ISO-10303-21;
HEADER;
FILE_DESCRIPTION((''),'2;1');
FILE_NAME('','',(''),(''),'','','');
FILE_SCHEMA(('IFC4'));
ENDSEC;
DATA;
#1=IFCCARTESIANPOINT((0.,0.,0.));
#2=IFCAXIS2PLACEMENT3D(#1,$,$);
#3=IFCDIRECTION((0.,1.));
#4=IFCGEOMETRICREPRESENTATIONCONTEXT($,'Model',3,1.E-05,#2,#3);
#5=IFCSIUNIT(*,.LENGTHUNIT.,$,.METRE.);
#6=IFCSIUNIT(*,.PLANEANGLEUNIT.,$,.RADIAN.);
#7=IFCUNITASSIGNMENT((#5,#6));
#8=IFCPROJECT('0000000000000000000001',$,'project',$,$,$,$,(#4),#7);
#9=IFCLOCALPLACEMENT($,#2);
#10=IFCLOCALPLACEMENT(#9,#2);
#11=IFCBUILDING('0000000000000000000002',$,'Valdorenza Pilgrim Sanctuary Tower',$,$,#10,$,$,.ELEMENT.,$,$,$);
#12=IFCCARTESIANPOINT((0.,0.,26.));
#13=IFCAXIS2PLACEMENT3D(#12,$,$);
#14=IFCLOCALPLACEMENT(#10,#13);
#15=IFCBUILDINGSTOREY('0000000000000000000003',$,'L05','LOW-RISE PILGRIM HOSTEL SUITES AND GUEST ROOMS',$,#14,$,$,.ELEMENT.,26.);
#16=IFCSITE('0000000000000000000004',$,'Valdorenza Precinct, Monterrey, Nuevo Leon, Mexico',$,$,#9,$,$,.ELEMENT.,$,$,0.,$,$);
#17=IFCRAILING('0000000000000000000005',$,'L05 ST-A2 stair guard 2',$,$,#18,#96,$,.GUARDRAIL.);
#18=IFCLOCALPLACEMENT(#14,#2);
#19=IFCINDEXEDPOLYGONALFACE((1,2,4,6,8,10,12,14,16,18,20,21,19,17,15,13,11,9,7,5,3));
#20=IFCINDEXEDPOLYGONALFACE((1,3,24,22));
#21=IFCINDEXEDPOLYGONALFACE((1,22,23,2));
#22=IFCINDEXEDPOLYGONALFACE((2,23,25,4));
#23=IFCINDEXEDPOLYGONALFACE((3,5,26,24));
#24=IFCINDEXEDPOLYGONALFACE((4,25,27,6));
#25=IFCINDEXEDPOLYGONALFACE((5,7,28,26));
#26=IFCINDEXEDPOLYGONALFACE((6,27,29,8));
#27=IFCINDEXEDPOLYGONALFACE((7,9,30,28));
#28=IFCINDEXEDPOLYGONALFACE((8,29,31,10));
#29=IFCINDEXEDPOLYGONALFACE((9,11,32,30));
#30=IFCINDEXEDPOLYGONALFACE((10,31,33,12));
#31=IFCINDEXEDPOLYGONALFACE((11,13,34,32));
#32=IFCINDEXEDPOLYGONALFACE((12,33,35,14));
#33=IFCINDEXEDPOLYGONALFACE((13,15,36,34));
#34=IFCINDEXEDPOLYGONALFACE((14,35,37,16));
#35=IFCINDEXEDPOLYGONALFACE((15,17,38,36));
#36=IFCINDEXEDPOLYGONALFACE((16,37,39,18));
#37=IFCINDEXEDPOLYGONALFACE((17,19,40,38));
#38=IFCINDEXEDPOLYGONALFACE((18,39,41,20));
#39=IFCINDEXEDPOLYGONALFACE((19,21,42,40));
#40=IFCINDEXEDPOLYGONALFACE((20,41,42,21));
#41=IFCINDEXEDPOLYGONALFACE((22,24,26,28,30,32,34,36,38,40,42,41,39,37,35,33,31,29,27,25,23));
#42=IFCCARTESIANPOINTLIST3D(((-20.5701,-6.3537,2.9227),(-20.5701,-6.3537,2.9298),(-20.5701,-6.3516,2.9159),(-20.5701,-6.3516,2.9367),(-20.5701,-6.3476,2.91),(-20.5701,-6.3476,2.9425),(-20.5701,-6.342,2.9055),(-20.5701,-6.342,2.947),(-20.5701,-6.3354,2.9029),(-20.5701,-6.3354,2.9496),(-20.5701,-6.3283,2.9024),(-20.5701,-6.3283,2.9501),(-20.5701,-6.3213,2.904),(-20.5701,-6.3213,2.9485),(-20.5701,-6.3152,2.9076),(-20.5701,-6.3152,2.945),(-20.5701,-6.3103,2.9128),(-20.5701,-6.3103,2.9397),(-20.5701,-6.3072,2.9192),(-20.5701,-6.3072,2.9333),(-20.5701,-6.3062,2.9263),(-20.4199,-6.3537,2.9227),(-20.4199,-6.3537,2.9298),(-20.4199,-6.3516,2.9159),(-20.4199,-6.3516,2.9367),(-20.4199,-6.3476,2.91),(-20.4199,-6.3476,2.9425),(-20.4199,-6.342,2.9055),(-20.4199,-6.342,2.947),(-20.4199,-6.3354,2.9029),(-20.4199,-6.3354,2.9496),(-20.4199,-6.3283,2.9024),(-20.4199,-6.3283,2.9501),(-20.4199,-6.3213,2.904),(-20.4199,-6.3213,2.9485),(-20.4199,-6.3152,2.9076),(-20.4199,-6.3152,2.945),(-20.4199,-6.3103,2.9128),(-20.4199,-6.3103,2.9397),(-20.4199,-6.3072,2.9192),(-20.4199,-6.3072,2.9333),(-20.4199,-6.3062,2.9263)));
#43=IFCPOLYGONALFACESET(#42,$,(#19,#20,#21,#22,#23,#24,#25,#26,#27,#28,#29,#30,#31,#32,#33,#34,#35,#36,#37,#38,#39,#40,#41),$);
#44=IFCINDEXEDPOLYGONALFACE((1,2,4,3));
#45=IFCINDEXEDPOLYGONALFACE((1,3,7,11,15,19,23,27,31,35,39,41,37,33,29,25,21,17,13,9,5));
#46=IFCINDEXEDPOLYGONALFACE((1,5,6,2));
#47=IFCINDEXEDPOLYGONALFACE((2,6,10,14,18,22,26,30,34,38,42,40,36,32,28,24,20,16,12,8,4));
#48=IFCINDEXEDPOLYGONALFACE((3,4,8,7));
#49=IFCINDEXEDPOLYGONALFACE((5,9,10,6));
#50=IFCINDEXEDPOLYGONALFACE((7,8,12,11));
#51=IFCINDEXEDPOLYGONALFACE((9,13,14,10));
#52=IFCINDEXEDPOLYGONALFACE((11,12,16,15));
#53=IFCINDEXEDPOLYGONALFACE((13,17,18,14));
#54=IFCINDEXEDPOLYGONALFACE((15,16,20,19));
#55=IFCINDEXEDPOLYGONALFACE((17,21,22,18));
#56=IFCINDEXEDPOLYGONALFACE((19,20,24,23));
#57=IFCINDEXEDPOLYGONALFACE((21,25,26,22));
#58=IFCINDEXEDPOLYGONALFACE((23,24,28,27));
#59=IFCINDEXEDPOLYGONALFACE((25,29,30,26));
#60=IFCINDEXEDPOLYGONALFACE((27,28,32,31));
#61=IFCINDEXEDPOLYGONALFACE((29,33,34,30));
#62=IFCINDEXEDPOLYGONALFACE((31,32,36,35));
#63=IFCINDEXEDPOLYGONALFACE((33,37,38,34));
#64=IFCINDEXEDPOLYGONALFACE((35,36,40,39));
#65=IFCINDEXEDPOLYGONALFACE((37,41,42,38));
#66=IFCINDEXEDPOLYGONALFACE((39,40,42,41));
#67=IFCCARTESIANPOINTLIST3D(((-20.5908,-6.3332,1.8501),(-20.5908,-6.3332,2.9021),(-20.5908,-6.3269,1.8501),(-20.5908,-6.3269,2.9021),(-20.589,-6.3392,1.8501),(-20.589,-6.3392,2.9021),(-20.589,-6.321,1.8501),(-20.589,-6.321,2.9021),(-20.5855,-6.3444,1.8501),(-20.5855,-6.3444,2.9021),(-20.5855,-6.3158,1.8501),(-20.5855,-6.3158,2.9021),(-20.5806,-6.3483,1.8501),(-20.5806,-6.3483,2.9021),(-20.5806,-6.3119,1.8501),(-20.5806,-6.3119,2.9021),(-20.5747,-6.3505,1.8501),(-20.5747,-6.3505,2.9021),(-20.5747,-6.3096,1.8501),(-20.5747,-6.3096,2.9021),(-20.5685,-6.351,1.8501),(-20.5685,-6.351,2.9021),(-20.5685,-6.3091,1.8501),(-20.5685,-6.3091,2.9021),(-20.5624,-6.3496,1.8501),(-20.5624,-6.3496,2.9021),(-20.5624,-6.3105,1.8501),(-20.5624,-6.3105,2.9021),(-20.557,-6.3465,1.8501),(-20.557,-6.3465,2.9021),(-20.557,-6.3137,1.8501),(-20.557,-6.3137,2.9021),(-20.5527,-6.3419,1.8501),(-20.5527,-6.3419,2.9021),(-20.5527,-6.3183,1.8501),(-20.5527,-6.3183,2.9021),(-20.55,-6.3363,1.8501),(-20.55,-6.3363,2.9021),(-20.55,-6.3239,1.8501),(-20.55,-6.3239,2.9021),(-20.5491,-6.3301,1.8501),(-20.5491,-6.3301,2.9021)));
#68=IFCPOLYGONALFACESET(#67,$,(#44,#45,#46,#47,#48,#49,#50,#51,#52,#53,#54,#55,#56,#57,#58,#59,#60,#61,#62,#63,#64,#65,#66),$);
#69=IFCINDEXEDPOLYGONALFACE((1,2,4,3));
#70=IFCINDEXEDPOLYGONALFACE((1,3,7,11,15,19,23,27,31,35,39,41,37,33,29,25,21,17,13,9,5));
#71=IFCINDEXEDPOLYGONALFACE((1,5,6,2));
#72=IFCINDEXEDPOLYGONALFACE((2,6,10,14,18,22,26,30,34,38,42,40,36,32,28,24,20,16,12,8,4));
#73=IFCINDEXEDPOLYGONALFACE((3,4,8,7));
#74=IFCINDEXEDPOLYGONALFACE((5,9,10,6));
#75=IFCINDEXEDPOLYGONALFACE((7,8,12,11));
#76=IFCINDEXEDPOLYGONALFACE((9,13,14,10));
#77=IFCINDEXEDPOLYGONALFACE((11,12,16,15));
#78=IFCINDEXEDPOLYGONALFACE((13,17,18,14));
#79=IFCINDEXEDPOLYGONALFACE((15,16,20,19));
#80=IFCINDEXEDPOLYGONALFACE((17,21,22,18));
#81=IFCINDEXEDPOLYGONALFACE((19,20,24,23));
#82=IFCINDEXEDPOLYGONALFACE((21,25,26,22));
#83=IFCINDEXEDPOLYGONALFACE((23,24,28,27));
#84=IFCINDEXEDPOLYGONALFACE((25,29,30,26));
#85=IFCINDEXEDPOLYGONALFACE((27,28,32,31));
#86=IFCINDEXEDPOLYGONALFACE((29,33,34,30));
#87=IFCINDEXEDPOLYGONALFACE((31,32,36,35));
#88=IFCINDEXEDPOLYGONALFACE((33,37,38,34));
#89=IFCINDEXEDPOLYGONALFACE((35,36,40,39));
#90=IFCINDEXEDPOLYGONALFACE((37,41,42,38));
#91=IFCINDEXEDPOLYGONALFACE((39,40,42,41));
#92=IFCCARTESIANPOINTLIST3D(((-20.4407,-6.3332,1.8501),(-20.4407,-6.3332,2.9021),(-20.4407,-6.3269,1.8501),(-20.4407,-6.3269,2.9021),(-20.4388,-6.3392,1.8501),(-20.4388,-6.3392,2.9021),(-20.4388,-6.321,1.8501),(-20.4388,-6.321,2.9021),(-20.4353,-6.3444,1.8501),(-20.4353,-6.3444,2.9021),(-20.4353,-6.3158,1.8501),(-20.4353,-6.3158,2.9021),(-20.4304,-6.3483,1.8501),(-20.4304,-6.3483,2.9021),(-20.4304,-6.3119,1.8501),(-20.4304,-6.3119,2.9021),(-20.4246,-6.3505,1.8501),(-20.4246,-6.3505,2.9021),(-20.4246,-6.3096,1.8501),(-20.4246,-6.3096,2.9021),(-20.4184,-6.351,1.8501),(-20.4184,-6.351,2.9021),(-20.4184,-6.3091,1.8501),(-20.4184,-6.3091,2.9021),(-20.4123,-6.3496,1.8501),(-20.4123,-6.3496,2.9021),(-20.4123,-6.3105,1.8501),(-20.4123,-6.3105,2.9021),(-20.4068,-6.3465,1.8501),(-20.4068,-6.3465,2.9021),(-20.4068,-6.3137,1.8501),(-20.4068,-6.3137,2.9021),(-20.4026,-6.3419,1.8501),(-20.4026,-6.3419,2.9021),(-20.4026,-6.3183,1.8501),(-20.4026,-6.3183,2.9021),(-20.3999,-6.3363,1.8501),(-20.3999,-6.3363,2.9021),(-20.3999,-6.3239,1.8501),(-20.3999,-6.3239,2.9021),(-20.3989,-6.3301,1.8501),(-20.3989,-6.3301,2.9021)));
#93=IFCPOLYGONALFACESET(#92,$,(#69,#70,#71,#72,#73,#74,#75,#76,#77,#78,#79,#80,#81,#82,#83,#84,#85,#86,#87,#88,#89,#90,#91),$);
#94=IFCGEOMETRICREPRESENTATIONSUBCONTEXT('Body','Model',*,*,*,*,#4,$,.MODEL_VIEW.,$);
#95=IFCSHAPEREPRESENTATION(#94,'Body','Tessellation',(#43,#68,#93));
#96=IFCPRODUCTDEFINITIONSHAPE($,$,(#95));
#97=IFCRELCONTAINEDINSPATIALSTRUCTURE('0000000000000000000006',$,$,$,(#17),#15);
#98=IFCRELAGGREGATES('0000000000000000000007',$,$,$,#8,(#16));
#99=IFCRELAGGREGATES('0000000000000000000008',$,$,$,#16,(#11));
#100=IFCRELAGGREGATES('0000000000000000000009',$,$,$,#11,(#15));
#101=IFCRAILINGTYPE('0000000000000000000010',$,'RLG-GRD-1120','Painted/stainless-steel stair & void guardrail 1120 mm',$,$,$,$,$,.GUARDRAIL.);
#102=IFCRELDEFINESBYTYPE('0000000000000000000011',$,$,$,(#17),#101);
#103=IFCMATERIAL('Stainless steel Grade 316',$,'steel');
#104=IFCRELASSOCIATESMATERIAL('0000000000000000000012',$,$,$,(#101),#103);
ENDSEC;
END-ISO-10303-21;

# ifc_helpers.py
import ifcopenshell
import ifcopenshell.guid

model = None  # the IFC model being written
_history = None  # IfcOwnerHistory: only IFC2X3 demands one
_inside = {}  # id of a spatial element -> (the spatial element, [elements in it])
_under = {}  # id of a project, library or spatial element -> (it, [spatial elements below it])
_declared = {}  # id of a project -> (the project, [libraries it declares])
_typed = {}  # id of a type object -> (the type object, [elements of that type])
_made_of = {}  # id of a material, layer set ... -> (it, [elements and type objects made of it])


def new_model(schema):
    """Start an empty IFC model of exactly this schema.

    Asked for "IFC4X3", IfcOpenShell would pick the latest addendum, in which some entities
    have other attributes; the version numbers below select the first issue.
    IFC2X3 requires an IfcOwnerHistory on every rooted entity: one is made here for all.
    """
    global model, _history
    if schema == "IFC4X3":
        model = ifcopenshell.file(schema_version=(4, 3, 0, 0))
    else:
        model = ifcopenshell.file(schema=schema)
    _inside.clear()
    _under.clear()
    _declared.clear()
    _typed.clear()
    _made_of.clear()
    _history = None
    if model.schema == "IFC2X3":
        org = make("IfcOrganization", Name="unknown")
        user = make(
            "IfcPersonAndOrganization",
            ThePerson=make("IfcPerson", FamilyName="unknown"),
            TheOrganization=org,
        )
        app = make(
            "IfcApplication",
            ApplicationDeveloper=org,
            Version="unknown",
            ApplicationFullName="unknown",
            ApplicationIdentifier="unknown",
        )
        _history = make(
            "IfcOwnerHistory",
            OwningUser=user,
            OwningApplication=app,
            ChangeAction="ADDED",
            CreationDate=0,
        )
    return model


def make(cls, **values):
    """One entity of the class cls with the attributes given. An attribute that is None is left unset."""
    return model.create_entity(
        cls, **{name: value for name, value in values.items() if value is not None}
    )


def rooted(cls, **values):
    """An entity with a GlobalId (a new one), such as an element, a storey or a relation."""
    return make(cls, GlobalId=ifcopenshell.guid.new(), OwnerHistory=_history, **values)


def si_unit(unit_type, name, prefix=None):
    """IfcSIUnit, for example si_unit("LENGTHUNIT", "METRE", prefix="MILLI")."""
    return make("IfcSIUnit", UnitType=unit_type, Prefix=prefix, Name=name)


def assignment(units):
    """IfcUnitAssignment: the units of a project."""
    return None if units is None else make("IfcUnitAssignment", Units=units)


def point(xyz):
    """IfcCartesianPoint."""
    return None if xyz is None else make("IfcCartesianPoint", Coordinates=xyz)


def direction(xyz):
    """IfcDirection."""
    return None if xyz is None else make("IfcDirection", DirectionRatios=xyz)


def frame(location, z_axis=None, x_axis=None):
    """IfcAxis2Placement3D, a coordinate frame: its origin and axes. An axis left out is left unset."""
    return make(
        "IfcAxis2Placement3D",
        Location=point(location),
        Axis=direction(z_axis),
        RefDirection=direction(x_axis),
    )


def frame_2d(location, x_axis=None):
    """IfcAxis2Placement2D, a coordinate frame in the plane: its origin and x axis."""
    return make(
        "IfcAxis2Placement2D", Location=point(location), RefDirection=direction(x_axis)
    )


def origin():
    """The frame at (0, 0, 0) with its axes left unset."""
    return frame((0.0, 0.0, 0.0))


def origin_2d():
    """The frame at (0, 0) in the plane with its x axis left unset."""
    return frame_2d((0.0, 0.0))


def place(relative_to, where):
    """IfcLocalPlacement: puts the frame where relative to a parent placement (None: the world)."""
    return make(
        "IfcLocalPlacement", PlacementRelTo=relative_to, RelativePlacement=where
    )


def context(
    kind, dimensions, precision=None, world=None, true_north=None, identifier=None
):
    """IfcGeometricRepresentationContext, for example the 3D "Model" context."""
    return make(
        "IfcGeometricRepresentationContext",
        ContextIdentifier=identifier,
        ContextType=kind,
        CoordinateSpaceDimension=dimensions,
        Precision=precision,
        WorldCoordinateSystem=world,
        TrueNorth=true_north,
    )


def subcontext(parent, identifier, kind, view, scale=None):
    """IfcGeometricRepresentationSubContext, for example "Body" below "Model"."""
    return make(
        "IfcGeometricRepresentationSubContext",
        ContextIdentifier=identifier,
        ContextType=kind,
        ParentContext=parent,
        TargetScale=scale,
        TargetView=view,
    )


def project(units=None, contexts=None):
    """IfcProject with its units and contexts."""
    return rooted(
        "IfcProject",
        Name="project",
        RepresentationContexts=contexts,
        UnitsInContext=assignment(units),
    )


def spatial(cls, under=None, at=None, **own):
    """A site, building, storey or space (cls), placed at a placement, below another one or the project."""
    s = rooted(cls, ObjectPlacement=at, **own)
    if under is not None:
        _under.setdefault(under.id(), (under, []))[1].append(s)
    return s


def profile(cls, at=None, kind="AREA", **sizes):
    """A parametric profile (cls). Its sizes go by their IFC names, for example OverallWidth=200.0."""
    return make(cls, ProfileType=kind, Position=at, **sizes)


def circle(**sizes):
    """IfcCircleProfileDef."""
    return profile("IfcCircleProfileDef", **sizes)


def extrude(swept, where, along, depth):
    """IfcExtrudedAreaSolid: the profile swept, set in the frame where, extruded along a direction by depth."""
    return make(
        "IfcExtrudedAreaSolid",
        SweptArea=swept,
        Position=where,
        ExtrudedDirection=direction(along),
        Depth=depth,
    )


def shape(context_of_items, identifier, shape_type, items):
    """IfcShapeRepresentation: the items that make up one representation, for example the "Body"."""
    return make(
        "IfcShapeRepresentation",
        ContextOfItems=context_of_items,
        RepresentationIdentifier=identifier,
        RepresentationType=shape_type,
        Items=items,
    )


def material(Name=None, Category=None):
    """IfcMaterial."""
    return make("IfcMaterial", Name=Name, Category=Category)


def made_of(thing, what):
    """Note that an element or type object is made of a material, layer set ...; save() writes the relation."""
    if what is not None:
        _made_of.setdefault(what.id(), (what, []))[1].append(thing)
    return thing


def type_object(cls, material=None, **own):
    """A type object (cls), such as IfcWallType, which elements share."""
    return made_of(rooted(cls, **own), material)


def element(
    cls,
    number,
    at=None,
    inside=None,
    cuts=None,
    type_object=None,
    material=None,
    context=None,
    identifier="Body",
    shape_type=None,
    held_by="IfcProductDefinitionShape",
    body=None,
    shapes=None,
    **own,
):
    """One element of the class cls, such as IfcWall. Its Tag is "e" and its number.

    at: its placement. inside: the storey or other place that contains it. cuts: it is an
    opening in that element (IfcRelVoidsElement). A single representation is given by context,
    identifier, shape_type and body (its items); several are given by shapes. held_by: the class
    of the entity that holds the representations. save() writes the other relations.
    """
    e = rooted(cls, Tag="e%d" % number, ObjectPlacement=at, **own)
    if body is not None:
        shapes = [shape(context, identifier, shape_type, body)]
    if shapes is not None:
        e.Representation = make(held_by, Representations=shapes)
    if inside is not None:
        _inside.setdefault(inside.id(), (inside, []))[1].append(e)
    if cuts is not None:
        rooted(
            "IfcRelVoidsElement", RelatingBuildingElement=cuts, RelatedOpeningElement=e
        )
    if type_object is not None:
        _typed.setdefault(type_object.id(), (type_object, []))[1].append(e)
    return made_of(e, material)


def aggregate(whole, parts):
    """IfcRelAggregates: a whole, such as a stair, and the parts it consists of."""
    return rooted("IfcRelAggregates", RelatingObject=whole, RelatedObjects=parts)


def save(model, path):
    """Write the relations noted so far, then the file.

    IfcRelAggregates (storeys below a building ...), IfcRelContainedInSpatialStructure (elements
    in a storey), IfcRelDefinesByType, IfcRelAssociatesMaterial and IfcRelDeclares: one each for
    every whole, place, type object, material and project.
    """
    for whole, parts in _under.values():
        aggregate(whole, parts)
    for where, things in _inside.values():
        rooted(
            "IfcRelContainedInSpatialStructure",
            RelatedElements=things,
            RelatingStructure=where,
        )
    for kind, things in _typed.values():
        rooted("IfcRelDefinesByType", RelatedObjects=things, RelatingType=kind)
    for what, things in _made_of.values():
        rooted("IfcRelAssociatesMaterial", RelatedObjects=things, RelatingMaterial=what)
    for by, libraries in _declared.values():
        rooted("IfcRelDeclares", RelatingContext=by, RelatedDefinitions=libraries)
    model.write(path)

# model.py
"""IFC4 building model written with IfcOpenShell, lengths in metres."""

from ifc_helpers import new_model, si_unit, direction, frame, origin, origin_2d, place, context, subcontext, project, spatial, circle, extrude, material, type_object, element, save


model = new_model("IFC4")

# Units and contexts
model_context = context("Model", 3, precision=1e-05, world=origin(), true_north=direction((0.0, 1.0)))
body_context = subcontext(model_context, "Body", "Model", "MODEL_VIEW")
ifc_project = project(units=[si_unit("LENGTHUNIT", "METRE"), si_unit("PLANEANGLEUNIT", "RADIAN")], contexts=[model_context])

# Site, building, storey
site_placement = place(None, origin())
site = spatial("IfcSite", under=ifc_project, at=site_placement, Name="Valdorenza Precinct, Monterrey, Nuevo Leon, Mexico", CompositionType="ELEMENT", RefElevation=0.0)
building_placement = place(site_placement, origin())
building = spatial("IfcBuilding", under=site, at=building_placement, Name="Valdorenza Pilgrim Sanctuary Tower", CompositionType="ELEMENT")
storey_placement = place(building_placement, frame((0.0, 0.0, 26.0)))
storey = spatial("IfcBuildingStorey", under=building, at=storey_placement, Name="L05", Description="LOW-RISE PILGRIM HOSTEL SUITES AND GUEST ROOMS", CompositionType="ELEMENT", Elevation=26.0)

# Railing
ifc_material_1 = material(Name="Stainless steel Grade 316", Category="steel")
railing_type_1 = type_object("IfcRailingType", Name="RLG-GRD-1120", Description="Painted/stainless-steel stair & void guardrail 1120 mm", PredefinedType="GUARDRAIL", material=ifc_material_1)
railing_1_placement = place(storey_placement, frame((-20.5701, -6.3301, 1.8501)))
element("IfcRailing", 1, at=railing_1_placement, inside=storey, type_object=railing_type_1, Name="L05 ST-A2 stair guard 2", PredefinedType="GUARDRAIL", context=body_context, shape_type="SweptSolid", body=[
    extrude(circle(Radius=0.0239, at=origin_2d()), frame((0.0, 0.0, 1.0762), z_axis=(1.0, 0.0, 0.0), x_axis=(0.0, 1.0, 0.0)), (0.0, 0.0, 1.0), 0.1501),
    extrude(circle(Radius=0.021, at=origin_2d()), origin(), (0.0, 0.0, 1.0), 1.052),
    extrude(circle(Radius=0.021, at=origin_2d()), frame((0.1501, 0.0, 0.0)), (0.0, 0.0, 1.0), 1.052),
])

save(model, "model.ifc")
